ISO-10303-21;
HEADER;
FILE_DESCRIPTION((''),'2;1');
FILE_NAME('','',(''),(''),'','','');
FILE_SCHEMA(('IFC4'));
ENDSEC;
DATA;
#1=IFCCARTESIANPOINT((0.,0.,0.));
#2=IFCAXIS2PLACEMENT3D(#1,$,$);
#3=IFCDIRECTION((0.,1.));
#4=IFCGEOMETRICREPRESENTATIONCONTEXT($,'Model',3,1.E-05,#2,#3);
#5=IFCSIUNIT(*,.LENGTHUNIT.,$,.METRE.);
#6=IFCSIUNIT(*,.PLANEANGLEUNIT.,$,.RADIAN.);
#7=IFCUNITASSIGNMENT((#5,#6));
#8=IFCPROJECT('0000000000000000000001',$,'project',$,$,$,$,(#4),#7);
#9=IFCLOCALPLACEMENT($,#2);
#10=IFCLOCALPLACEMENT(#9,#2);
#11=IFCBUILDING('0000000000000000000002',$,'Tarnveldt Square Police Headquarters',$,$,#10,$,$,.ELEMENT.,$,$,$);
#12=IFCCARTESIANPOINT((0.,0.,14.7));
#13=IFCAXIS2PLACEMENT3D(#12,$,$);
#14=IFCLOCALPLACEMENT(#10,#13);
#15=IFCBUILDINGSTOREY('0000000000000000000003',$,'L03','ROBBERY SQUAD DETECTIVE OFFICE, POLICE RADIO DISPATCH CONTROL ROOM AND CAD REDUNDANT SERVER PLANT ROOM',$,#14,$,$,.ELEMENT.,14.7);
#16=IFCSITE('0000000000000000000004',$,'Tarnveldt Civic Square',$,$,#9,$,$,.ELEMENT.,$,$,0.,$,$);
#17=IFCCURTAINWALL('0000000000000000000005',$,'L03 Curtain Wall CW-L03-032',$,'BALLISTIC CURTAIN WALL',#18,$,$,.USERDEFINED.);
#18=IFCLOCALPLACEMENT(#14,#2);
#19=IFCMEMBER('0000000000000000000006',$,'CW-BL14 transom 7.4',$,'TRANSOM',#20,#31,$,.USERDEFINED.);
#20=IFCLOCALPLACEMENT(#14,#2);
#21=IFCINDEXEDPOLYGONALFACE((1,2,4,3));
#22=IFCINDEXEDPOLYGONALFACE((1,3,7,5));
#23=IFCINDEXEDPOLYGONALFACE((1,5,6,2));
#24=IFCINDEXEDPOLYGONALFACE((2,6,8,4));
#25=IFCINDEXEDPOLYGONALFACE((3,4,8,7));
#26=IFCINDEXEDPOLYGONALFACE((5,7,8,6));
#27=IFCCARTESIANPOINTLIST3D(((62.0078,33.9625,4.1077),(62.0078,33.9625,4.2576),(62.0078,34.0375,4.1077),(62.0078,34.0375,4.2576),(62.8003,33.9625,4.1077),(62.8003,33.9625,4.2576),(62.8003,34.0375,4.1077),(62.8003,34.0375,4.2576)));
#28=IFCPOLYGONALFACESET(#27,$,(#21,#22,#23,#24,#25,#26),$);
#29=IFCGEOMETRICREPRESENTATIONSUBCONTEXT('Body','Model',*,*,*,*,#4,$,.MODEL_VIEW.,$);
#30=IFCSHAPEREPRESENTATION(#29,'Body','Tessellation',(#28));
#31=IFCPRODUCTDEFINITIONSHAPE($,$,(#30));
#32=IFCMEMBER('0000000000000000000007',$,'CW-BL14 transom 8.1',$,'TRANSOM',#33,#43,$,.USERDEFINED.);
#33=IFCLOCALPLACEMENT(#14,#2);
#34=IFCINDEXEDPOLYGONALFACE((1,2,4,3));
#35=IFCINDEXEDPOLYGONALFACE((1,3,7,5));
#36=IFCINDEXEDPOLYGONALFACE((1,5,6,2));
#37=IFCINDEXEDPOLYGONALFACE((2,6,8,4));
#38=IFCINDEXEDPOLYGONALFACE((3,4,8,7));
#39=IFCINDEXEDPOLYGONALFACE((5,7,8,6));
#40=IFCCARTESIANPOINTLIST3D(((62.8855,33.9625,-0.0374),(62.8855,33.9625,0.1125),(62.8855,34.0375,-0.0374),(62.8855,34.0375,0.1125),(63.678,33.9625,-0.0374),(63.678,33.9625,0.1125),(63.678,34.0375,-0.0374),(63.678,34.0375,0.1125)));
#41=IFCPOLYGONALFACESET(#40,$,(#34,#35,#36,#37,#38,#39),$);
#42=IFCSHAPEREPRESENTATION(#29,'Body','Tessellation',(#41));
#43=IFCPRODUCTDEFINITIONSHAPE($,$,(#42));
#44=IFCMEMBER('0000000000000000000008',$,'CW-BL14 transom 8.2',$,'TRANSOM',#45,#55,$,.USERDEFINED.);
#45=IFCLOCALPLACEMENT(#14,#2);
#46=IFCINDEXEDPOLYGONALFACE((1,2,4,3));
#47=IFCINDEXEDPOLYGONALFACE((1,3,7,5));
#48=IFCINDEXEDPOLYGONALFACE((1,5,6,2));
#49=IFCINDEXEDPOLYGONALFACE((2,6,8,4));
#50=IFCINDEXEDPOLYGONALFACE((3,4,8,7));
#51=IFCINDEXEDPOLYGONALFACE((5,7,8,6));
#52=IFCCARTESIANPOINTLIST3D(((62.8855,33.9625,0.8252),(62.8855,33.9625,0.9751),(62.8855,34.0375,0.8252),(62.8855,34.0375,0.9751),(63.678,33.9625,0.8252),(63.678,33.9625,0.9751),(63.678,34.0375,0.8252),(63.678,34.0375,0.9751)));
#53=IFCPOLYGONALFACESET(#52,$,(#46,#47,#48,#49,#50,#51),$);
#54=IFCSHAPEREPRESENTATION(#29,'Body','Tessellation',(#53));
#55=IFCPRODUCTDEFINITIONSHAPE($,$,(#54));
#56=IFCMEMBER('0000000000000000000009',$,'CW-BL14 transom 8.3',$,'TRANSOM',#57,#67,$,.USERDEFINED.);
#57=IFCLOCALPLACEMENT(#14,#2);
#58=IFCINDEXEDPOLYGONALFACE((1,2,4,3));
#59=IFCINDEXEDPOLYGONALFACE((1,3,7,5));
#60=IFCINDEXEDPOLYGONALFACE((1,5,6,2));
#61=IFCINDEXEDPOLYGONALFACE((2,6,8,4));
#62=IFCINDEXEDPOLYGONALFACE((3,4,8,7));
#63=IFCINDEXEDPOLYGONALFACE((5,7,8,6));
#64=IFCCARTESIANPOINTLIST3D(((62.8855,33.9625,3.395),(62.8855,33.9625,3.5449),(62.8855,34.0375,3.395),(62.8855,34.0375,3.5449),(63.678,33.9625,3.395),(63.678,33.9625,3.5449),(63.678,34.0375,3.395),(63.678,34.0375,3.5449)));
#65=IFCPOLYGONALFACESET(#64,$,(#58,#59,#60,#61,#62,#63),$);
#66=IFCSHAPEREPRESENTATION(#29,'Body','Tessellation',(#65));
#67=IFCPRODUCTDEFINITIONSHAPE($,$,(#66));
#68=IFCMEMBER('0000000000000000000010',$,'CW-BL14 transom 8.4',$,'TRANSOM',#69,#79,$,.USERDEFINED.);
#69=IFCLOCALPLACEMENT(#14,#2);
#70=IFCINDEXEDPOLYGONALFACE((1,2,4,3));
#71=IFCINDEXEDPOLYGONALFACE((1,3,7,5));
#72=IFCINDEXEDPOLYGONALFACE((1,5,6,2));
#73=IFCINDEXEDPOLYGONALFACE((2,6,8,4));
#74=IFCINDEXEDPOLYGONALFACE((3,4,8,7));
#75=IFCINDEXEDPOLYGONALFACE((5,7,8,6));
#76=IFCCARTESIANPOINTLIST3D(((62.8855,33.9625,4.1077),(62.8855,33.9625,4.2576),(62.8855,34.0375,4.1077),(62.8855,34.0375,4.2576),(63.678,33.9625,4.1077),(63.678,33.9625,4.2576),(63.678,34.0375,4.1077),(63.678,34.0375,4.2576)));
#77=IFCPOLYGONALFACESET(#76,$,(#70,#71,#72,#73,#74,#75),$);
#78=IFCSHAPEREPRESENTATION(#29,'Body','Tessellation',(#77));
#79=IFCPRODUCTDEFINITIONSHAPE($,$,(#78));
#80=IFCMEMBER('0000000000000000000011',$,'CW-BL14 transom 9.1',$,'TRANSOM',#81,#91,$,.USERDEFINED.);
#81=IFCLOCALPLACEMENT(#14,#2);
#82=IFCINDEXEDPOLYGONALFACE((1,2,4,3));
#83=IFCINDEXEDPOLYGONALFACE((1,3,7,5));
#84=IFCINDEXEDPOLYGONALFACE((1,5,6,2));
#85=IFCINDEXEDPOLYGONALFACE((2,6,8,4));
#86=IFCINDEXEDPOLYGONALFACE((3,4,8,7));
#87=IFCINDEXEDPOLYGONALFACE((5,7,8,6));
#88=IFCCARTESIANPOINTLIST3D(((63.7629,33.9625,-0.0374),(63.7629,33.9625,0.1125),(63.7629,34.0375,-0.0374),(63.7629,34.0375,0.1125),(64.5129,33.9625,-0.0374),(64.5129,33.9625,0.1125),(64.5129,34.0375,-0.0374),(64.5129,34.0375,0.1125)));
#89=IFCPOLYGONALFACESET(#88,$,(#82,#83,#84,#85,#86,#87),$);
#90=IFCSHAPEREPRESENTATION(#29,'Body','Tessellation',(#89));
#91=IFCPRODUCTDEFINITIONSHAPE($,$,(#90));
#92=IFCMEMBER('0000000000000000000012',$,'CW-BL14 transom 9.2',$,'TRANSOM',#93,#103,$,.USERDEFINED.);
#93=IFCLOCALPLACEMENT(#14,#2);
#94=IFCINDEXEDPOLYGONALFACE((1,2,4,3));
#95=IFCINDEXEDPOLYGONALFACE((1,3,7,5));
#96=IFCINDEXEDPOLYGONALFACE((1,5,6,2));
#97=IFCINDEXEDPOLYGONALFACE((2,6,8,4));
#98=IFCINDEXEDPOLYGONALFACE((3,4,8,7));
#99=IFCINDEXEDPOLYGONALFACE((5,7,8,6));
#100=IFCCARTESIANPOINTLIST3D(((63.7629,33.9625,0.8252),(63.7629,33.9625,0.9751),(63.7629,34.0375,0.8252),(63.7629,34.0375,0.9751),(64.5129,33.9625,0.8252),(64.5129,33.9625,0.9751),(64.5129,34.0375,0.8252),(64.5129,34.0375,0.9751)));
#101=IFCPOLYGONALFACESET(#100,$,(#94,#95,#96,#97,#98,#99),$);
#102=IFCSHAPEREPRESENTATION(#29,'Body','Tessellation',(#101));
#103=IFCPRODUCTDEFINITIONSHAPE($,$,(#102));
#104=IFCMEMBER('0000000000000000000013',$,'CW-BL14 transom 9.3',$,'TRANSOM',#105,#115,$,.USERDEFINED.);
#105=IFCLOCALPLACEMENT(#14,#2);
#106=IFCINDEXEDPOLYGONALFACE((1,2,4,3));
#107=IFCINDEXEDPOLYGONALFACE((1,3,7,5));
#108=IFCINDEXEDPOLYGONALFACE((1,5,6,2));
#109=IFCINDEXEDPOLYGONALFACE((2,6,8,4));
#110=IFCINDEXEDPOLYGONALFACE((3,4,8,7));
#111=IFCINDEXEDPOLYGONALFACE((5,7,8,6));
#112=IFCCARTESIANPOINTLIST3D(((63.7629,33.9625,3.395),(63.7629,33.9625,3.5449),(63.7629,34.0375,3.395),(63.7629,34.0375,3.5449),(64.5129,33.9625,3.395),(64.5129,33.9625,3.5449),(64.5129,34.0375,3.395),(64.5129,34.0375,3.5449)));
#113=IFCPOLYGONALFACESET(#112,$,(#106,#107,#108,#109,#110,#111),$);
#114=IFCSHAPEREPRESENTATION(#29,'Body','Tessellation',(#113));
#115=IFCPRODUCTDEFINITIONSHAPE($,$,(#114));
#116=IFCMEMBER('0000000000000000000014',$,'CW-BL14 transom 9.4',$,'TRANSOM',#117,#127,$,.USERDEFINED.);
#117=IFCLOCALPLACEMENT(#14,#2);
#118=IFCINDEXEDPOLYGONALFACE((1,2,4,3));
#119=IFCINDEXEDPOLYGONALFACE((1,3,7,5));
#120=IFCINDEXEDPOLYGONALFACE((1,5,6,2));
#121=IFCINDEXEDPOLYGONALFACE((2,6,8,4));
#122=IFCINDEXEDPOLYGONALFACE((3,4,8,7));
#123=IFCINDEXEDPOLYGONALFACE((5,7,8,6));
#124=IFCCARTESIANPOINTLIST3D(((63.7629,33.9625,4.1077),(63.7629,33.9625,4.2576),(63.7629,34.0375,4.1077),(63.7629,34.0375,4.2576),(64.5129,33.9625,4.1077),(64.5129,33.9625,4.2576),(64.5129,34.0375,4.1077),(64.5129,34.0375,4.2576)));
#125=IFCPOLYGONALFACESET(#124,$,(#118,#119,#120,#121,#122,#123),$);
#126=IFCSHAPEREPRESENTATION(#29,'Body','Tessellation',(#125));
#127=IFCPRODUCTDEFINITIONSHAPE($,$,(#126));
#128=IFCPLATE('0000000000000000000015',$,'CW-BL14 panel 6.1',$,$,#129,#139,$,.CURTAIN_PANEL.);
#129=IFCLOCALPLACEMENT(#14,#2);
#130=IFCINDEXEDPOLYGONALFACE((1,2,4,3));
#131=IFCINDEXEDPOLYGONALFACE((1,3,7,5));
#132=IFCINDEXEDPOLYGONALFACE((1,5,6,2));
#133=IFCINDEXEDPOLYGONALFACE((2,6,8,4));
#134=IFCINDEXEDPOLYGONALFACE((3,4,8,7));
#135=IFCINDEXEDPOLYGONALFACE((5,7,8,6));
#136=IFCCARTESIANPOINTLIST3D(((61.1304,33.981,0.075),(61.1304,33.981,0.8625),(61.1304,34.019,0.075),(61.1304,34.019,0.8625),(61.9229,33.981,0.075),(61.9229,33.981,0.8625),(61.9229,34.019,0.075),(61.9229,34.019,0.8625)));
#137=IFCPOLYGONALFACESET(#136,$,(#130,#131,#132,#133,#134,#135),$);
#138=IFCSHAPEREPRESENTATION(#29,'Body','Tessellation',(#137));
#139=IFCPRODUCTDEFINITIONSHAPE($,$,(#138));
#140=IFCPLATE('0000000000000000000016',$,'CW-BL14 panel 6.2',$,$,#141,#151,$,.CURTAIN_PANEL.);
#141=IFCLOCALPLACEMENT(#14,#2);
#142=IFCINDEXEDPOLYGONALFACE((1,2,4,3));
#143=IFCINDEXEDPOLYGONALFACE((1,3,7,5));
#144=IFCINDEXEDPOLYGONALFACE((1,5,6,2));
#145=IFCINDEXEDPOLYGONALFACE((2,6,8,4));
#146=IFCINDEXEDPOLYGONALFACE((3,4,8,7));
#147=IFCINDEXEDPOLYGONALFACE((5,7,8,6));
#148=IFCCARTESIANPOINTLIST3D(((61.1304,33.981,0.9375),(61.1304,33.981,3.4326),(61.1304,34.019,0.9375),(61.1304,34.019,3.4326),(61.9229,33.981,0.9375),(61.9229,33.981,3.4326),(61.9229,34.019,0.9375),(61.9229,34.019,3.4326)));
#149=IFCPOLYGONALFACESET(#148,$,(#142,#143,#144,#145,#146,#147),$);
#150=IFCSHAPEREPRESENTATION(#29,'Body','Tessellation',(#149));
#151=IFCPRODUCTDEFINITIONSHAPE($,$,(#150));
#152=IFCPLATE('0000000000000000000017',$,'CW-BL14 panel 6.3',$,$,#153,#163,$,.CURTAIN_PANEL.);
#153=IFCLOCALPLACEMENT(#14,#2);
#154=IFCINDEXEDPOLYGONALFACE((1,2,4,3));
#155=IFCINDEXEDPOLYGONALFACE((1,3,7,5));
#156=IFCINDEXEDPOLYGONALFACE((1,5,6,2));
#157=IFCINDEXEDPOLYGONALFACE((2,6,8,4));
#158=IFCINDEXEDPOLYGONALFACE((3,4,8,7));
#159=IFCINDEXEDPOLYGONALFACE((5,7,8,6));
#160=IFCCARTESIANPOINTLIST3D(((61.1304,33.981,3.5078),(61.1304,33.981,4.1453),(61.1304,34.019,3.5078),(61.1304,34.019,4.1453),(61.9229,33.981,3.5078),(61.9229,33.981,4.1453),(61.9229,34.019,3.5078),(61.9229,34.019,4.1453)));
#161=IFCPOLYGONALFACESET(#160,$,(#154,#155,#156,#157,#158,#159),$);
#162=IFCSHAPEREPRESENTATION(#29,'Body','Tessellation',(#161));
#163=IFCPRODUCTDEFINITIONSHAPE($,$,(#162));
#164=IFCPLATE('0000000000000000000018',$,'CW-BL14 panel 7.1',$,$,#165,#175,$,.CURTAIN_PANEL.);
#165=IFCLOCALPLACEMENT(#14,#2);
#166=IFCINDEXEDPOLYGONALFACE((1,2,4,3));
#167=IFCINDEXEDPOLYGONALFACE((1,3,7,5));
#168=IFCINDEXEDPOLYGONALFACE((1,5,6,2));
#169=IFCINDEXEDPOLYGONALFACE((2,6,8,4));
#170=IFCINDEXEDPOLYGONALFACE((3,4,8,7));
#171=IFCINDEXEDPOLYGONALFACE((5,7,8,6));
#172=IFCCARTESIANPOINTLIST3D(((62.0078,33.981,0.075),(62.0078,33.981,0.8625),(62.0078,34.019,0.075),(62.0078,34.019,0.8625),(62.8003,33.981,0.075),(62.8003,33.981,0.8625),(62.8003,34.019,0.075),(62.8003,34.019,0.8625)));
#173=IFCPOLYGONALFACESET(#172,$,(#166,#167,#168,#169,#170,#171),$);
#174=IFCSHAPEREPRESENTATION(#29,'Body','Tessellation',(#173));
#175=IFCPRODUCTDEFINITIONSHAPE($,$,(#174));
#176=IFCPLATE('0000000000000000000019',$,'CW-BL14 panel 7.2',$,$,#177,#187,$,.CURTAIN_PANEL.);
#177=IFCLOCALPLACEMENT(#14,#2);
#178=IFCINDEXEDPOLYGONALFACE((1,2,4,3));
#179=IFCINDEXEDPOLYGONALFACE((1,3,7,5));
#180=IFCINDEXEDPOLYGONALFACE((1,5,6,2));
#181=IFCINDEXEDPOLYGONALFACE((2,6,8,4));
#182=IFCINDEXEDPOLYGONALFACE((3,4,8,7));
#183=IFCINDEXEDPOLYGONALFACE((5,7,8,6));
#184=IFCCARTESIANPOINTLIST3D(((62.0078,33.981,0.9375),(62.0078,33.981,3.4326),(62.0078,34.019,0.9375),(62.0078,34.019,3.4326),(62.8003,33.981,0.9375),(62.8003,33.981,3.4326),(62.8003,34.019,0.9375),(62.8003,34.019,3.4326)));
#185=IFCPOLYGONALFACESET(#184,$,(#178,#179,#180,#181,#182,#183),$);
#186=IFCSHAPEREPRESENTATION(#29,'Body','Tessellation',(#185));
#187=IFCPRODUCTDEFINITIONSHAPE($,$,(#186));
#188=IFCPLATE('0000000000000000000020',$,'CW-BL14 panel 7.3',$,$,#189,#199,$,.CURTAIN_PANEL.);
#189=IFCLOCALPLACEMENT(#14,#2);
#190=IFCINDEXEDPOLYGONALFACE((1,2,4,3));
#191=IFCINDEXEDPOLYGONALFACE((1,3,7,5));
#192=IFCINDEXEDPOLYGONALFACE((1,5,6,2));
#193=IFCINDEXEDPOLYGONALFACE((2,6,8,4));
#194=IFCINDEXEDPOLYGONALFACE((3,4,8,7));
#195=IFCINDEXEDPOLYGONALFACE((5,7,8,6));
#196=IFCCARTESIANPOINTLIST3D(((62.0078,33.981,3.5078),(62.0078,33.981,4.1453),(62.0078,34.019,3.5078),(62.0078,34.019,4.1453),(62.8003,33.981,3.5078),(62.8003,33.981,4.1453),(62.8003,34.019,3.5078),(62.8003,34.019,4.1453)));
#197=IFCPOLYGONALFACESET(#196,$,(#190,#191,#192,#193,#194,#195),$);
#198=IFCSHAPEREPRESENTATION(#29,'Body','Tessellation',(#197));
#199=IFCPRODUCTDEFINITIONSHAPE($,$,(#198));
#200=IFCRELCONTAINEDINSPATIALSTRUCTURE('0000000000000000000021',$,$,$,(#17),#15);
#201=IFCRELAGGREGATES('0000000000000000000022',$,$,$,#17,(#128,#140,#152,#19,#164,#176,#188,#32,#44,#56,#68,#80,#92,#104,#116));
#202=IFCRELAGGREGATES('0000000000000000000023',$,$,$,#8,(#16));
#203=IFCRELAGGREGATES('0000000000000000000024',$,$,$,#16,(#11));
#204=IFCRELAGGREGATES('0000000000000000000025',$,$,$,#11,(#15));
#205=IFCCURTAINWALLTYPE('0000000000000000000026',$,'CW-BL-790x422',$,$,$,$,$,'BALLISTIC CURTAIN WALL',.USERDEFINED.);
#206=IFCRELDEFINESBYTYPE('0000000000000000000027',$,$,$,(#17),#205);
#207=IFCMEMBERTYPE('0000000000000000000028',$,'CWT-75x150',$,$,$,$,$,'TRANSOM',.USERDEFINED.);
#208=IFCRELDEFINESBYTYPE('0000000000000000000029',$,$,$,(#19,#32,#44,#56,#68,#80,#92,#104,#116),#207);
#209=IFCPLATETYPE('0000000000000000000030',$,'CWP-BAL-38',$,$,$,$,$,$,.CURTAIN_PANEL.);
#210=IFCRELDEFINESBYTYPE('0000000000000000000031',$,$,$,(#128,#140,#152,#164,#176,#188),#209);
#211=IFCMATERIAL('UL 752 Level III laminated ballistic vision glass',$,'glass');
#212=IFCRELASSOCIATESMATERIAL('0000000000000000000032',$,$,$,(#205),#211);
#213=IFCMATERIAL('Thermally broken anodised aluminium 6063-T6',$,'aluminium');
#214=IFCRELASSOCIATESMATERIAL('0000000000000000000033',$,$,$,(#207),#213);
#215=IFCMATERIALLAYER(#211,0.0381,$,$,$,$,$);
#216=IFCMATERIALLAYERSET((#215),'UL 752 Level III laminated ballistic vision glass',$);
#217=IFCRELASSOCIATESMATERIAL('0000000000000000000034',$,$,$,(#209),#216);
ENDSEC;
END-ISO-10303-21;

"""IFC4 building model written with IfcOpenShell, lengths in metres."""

from ifc_helpers import new_model, si_unit, direction, frame, origin, origin_2d, place, context, subcontext, project, spatial, rectangle, extrude, material, layer, layer_set, material_profile, profile_set, type_object, element, aggregate, save


model = new_model("IFC4")

# Units and contexts
model_context = context("Model", 3, precision=1e-05, world=origin(), true_north=direction((0.0, 1.0)))
body_context = subcontext(model_context, "Body", "Model", "MODEL_VIEW")
ifc_project = project(units=[si_unit("LENGTHUNIT", "METRE"), si_unit("PLANEANGLEUNIT", "RADIAN")], contexts=[model_context])

# Site, building, storey
site_placement = place(None, origin())
site = spatial("IfcSite", under=ifc_project, at=site_placement, Name="Tarnveldt Civic Square", CompositionType="ELEMENT", RefElevation=0.0)
building_placement = place(site_placement, origin())
building = spatial("IfcBuilding", under=site, at=building_placement, Name="Tarnveldt Square Police Headquarters", CompositionType="ELEMENT")
storey_placement = place(building_placement, frame((0.0, 0.0, 14.7)))
storey = spatial("IfcBuildingStorey", under=building, at=storey_placement, Name="L03", Description="ROBBERY SQUAD DETECTIVE OFFICE, POLICE RADIO DISPATCH CONTROL ROOM AND CAD REDUNDANT SERVER PLANT ROOM", CompositionType="ELEMENT", Elevation=14.7)

# Curtain wall, members, plates
ifc_material_1 = material(Name="UL 752 Level III laminated ballistic vision glass", Category="glass")
curtain_wall_type = type_object("IfcCurtainWallType", Name="CW-BL-790x422", ElementType="BALLISTIC CURTAIN WALL", PredefinedType="USERDEFINED", material=ifc_material_1)
curtain_wall_placement = place(storey_placement, origin())
curtain_wall = element("IfcCurtainWall", 1, at=curtain_wall_placement, inside=storey, type_object=curtain_wall_type, Name="L03 Curtain Wall CW-L03-032", ObjectType="BALLISTIC CURTAIN WALL", PredefinedType="USERDEFINED")
ifc_material_2 = material(Name="Thermally broken anodised aluminium 6063-T6", Category="aluminium")
ifc_material_profile_1 = material_profile(ifc_material_2, rectangle(XDim=0.075, YDim=0.1499, at=origin_2d()), Name="CW-T75x150")
ifc_profile_set_1 = profile_set([ifc_material_profile_1], Name="Thermally broken anodised aluminium 6063-T6")
member_type_1 = type_object("IfcMemberType", Name="CWT-75x150", ElementType="TRANSOM", PredefinedType="USERDEFINED", material=ifc_profile_set_1)
member_1_placement = place(storey_placement, frame((62.0078, 34.0, 4.1826), z_axis=(1.0, 0.0, 0.0), x_axis=(0.0, 1.0, 0.0)))
member_1 = element("IfcMember", 2, at=member_1_placement, type_object=member_type_1, Name="CW-BL14 transom 7.4", ObjectType="TRANSOM", PredefinedType="USERDEFINED", context=body_context, shape_type="SweptSolid", body=[
    extrude(rectangle(XDim=0.075, YDim=0.1499, at=origin_2d()), origin(), (0.0, 0.0, 1.0), 0.7925),
])
member_2_placement = place(storey_placement, frame((62.8855, 34.0, 0.0376), z_axis=(1.0, 0.0, 0.0), x_axis=(0.0, 1.0, 0.0)))
member_2 = element("IfcMember", 3, at=member_2_placement, type_object=member_type_1, Name="CW-BL14 transom 8.1", ObjectType="TRANSOM", PredefinedType="USERDEFINED", context=body_context, shape_type="SweptSolid", body=[
    extrude(rectangle(XDim=0.075, YDim=0.1499, at=origin_2d()), origin(), (0.0, 0.0, 1.0), 0.7925),
])
member_3_placement = place(storey_placement, frame((62.8855, 34.0, 0.9001), z_axis=(1.0, 0.0, 0.0), x_axis=(0.0, 1.0, 0.0)))
member_3 = element("IfcMember", 4, at=member_3_placement, type_object=member_type_1, Name="CW-BL14 transom 8.2", ObjectType="TRANSOM", PredefinedType="USERDEFINED", context=body_context, shape_type="SweptSolid", body=[
    extrude(rectangle(XDim=0.075, YDim=0.1499, at=origin_2d()), origin(), (0.0, 0.0, 1.0), 0.7925),
])
member_4_placement = place(storey_placement, frame((62.8855, 34.0, 3.47), z_axis=(1.0, 0.0, 0.0), x_axis=(0.0, 1.0, 0.0)))
member_4 = element("IfcMember", 5, at=member_4_placement, type_object=member_type_1, Name="CW-BL14 transom 8.3", ObjectType="TRANSOM", PredefinedType="USERDEFINED", context=body_context, shape_type="SweptSolid", body=[
    extrude(rectangle(XDim=0.075, YDim=0.1499, at=origin_2d()), origin(), (0.0, 0.0, 1.0), 0.7925),
])
member_5_placement = place(storey_placement, frame((62.8855, 34.0, 4.1826), z_axis=(1.0, 0.0, 0.0), x_axis=(0.0, 1.0, 0.0)))
member_5 = element("IfcMember", 6, at=member_5_placement, type_object=member_type_1, Name="CW-BL14 transom 8.4", ObjectType="TRANSOM", PredefinedType="USERDEFINED", context=body_context, shape_type="SweptSolid", body=[
    extrude(rectangle(XDim=0.075, YDim=0.1499, at=origin_2d()), origin(), (0.0, 0.0, 1.0), 0.7925),
])
member_6_placement = place(storey_placement, frame((63.7629, 34.0, 0.0376), z_axis=(1.0, 0.0, 0.0), x_axis=(0.0, 1.0, 0.0)))
member_6 = element("IfcMember", 7, at=member_6_placement, type_object=member_type_1, Name="CW-BL14 transom 9.1", ObjectType="TRANSOM", PredefinedType="USERDEFINED", context=body_context, shape_type="SweptSolid", body=[
    extrude(rectangle(XDim=0.075, YDim=0.1499, at=origin_2d()), origin(), (0.0, 0.0, 1.0), 0.75),
])
member_7_placement = place(storey_placement, frame((63.7629, 34.0, 0.9001), z_axis=(1.0, 0.0, 0.0), x_axis=(0.0, 1.0, 0.0)))
member_7 = element("IfcMember", 8, at=member_7_placement, type_object=member_type_1, Name="CW-BL14 transom 9.2", ObjectType="TRANSOM", PredefinedType="USERDEFINED", context=body_context, shape_type="SweptSolid", body=[
    extrude(rectangle(XDim=0.075, YDim=0.1499, at=origin_2d()), origin(), (0.0, 0.0, 1.0), 0.75),
])
member_8_placement = place(storey_placement, frame((63.7629, 34.0, 3.47), z_axis=(1.0, 0.0, 0.0), x_axis=(0.0, 1.0, 0.0)))
member_8 = element("IfcMember", 9, at=member_8_placement, type_object=member_type_1, Name="CW-BL14 transom 9.3", ObjectType="TRANSOM", PredefinedType="USERDEFINED", context=body_context, shape_type="SweptSolid", body=[
    extrude(rectangle(XDim=0.075, YDim=0.1499, at=origin_2d()), origin(), (0.0, 0.0, 1.0), 0.75),
])
member_9_placement = place(storey_placement, frame((63.7629, 34.0, 4.1826), z_axis=(1.0, 0.0, 0.0), x_axis=(0.0, 1.0, 0.0)))
member_9 = element("IfcMember", 10, at=member_9_placement, type_object=member_type_1, Name="CW-BL14 transom 9.4", ObjectType="TRANSOM", PredefinedType="USERDEFINED", context=body_context, shape_type="SweptSolid", body=[
    extrude(rectangle(XDim=0.075, YDim=0.1499, at=origin_2d()), origin(), (0.0, 0.0, 1.0), 0.75),
])
ifc_layer = layer(ifc_material_1, 0.0381)
ifc_layer_set = layer_set([ifc_layer], Name="UL 752 Level III laminated ballistic vision glass")
plate_type = type_object("IfcPlateType", Name="CWP-BAL-38", PredefinedType="CURTAIN_PANEL", material=ifc_layer_set)
plate_1_placement = place(storey_placement, frame((61.5266, 34.0, 0.075), z_axis=(0.0, 0.0, 1.0), x_axis=(1.0, 0.0, 0.0)))
plate_1 = element("IfcPlate", 11, at=plate_1_placement, type_object=plate_type, Name="CW-BL14 panel 6.1", PredefinedType="CURTAIN_PANEL", context=body_context, shape_type="SweptSolid", body=[
    extrude(rectangle(XDim=0.7925, YDim=0.0381, at=origin_2d()), origin(), (0.0, 0.0, 1.0), 0.7876),
])
plate_2_placement = place(storey_placement, frame((61.5266, 34.0, 0.9375), z_axis=(0.0, 0.0, 1.0), x_axis=(1.0, 0.0, 0.0)))
plate_2 = element("IfcPlate", 12, at=plate_2_placement, type_object=plate_type, Name="CW-BL14 panel 6.2", PredefinedType="CURTAIN_PANEL", context=body_context, shape_type="SweptSolid", body=[
    extrude(rectangle(XDim=0.7925, YDim=0.0381, at=origin_2d()), origin(), (0.0, 0.0, 1.0), 2.4951),
])
plate_3_placement = place(storey_placement, frame((61.5266, 34.0, 3.5078), z_axis=(0.0, 0.0, 1.0), x_axis=(1.0, 0.0, 0.0)))
plate_3 = element("IfcPlate", 13, at=plate_3_placement, type_object=plate_type, Name="CW-BL14 panel 6.3", PredefinedType="CURTAIN_PANEL", context=body_context, shape_type="SweptSolid", body=[
    extrude(rectangle(XDim=0.7925, YDim=0.0381, at=origin_2d()), origin(), (0.0, 0.0, 1.0), 0.6375),
])
plate_4_placement = place(storey_placement, frame((62.4041, 34.0, 0.075), z_axis=(0.0, 0.0, 1.0), x_axis=(1.0, 0.0, 0.0)))
plate_4 = element("IfcPlate", 14, at=plate_4_placement, type_object=plate_type, Name="CW-BL14 panel 7.1", PredefinedType="CURTAIN_PANEL", context=body_context, shape_type="SweptSolid", body=[
    extrude(rectangle(XDim=0.7925, YDim=0.0381, at=origin_2d()), origin(), (0.0, 0.0, 1.0), 0.7876),
])
plate_5_placement = place(storey_placement, frame((62.4041, 34.0, 0.9375), z_axis=(0.0, 0.0, 1.0), x_axis=(1.0, 0.0, 0.0)))
plate_5 = element("IfcPlate", 15, at=plate_5_placement, type_object=plate_type, Name="CW-BL14 panel 7.2", PredefinedType="CURTAIN_PANEL", context=body_context, shape_type="SweptSolid", body=[
    extrude(rectangle(XDim=0.7925, YDim=0.0381, at=origin_2d()), origin(), (0.0, 0.0, 1.0), 2.4951),
])
plate_6_placement = place(storey_placement, frame((62.4041, 34.0, 3.5078), z_axis=(0.0, 0.0, 1.0), x_axis=(1.0, 0.0, 0.0)))
plate_6 = element("IfcPlate", 16, at=plate_6_placement, type_object=plate_type, Name="CW-BL14 panel 7.3", PredefinedType="CURTAIN_PANEL", context=body_context, shape_type="SweptSolid", body=[
    extrude(rectangle(XDim=0.7925, YDim=0.0381, at=origin_2d()), origin(), (0.0, 0.0, 1.0), 0.6375),
])
aggregate(curtain_wall, [plate_1, plate_2, plate_3, member_1, plate_4, plate_5, plate_6, member_2, member_3, member_4, member_5, member_6, member_7, member_8, member_9])

save(model, "model.ifc")
